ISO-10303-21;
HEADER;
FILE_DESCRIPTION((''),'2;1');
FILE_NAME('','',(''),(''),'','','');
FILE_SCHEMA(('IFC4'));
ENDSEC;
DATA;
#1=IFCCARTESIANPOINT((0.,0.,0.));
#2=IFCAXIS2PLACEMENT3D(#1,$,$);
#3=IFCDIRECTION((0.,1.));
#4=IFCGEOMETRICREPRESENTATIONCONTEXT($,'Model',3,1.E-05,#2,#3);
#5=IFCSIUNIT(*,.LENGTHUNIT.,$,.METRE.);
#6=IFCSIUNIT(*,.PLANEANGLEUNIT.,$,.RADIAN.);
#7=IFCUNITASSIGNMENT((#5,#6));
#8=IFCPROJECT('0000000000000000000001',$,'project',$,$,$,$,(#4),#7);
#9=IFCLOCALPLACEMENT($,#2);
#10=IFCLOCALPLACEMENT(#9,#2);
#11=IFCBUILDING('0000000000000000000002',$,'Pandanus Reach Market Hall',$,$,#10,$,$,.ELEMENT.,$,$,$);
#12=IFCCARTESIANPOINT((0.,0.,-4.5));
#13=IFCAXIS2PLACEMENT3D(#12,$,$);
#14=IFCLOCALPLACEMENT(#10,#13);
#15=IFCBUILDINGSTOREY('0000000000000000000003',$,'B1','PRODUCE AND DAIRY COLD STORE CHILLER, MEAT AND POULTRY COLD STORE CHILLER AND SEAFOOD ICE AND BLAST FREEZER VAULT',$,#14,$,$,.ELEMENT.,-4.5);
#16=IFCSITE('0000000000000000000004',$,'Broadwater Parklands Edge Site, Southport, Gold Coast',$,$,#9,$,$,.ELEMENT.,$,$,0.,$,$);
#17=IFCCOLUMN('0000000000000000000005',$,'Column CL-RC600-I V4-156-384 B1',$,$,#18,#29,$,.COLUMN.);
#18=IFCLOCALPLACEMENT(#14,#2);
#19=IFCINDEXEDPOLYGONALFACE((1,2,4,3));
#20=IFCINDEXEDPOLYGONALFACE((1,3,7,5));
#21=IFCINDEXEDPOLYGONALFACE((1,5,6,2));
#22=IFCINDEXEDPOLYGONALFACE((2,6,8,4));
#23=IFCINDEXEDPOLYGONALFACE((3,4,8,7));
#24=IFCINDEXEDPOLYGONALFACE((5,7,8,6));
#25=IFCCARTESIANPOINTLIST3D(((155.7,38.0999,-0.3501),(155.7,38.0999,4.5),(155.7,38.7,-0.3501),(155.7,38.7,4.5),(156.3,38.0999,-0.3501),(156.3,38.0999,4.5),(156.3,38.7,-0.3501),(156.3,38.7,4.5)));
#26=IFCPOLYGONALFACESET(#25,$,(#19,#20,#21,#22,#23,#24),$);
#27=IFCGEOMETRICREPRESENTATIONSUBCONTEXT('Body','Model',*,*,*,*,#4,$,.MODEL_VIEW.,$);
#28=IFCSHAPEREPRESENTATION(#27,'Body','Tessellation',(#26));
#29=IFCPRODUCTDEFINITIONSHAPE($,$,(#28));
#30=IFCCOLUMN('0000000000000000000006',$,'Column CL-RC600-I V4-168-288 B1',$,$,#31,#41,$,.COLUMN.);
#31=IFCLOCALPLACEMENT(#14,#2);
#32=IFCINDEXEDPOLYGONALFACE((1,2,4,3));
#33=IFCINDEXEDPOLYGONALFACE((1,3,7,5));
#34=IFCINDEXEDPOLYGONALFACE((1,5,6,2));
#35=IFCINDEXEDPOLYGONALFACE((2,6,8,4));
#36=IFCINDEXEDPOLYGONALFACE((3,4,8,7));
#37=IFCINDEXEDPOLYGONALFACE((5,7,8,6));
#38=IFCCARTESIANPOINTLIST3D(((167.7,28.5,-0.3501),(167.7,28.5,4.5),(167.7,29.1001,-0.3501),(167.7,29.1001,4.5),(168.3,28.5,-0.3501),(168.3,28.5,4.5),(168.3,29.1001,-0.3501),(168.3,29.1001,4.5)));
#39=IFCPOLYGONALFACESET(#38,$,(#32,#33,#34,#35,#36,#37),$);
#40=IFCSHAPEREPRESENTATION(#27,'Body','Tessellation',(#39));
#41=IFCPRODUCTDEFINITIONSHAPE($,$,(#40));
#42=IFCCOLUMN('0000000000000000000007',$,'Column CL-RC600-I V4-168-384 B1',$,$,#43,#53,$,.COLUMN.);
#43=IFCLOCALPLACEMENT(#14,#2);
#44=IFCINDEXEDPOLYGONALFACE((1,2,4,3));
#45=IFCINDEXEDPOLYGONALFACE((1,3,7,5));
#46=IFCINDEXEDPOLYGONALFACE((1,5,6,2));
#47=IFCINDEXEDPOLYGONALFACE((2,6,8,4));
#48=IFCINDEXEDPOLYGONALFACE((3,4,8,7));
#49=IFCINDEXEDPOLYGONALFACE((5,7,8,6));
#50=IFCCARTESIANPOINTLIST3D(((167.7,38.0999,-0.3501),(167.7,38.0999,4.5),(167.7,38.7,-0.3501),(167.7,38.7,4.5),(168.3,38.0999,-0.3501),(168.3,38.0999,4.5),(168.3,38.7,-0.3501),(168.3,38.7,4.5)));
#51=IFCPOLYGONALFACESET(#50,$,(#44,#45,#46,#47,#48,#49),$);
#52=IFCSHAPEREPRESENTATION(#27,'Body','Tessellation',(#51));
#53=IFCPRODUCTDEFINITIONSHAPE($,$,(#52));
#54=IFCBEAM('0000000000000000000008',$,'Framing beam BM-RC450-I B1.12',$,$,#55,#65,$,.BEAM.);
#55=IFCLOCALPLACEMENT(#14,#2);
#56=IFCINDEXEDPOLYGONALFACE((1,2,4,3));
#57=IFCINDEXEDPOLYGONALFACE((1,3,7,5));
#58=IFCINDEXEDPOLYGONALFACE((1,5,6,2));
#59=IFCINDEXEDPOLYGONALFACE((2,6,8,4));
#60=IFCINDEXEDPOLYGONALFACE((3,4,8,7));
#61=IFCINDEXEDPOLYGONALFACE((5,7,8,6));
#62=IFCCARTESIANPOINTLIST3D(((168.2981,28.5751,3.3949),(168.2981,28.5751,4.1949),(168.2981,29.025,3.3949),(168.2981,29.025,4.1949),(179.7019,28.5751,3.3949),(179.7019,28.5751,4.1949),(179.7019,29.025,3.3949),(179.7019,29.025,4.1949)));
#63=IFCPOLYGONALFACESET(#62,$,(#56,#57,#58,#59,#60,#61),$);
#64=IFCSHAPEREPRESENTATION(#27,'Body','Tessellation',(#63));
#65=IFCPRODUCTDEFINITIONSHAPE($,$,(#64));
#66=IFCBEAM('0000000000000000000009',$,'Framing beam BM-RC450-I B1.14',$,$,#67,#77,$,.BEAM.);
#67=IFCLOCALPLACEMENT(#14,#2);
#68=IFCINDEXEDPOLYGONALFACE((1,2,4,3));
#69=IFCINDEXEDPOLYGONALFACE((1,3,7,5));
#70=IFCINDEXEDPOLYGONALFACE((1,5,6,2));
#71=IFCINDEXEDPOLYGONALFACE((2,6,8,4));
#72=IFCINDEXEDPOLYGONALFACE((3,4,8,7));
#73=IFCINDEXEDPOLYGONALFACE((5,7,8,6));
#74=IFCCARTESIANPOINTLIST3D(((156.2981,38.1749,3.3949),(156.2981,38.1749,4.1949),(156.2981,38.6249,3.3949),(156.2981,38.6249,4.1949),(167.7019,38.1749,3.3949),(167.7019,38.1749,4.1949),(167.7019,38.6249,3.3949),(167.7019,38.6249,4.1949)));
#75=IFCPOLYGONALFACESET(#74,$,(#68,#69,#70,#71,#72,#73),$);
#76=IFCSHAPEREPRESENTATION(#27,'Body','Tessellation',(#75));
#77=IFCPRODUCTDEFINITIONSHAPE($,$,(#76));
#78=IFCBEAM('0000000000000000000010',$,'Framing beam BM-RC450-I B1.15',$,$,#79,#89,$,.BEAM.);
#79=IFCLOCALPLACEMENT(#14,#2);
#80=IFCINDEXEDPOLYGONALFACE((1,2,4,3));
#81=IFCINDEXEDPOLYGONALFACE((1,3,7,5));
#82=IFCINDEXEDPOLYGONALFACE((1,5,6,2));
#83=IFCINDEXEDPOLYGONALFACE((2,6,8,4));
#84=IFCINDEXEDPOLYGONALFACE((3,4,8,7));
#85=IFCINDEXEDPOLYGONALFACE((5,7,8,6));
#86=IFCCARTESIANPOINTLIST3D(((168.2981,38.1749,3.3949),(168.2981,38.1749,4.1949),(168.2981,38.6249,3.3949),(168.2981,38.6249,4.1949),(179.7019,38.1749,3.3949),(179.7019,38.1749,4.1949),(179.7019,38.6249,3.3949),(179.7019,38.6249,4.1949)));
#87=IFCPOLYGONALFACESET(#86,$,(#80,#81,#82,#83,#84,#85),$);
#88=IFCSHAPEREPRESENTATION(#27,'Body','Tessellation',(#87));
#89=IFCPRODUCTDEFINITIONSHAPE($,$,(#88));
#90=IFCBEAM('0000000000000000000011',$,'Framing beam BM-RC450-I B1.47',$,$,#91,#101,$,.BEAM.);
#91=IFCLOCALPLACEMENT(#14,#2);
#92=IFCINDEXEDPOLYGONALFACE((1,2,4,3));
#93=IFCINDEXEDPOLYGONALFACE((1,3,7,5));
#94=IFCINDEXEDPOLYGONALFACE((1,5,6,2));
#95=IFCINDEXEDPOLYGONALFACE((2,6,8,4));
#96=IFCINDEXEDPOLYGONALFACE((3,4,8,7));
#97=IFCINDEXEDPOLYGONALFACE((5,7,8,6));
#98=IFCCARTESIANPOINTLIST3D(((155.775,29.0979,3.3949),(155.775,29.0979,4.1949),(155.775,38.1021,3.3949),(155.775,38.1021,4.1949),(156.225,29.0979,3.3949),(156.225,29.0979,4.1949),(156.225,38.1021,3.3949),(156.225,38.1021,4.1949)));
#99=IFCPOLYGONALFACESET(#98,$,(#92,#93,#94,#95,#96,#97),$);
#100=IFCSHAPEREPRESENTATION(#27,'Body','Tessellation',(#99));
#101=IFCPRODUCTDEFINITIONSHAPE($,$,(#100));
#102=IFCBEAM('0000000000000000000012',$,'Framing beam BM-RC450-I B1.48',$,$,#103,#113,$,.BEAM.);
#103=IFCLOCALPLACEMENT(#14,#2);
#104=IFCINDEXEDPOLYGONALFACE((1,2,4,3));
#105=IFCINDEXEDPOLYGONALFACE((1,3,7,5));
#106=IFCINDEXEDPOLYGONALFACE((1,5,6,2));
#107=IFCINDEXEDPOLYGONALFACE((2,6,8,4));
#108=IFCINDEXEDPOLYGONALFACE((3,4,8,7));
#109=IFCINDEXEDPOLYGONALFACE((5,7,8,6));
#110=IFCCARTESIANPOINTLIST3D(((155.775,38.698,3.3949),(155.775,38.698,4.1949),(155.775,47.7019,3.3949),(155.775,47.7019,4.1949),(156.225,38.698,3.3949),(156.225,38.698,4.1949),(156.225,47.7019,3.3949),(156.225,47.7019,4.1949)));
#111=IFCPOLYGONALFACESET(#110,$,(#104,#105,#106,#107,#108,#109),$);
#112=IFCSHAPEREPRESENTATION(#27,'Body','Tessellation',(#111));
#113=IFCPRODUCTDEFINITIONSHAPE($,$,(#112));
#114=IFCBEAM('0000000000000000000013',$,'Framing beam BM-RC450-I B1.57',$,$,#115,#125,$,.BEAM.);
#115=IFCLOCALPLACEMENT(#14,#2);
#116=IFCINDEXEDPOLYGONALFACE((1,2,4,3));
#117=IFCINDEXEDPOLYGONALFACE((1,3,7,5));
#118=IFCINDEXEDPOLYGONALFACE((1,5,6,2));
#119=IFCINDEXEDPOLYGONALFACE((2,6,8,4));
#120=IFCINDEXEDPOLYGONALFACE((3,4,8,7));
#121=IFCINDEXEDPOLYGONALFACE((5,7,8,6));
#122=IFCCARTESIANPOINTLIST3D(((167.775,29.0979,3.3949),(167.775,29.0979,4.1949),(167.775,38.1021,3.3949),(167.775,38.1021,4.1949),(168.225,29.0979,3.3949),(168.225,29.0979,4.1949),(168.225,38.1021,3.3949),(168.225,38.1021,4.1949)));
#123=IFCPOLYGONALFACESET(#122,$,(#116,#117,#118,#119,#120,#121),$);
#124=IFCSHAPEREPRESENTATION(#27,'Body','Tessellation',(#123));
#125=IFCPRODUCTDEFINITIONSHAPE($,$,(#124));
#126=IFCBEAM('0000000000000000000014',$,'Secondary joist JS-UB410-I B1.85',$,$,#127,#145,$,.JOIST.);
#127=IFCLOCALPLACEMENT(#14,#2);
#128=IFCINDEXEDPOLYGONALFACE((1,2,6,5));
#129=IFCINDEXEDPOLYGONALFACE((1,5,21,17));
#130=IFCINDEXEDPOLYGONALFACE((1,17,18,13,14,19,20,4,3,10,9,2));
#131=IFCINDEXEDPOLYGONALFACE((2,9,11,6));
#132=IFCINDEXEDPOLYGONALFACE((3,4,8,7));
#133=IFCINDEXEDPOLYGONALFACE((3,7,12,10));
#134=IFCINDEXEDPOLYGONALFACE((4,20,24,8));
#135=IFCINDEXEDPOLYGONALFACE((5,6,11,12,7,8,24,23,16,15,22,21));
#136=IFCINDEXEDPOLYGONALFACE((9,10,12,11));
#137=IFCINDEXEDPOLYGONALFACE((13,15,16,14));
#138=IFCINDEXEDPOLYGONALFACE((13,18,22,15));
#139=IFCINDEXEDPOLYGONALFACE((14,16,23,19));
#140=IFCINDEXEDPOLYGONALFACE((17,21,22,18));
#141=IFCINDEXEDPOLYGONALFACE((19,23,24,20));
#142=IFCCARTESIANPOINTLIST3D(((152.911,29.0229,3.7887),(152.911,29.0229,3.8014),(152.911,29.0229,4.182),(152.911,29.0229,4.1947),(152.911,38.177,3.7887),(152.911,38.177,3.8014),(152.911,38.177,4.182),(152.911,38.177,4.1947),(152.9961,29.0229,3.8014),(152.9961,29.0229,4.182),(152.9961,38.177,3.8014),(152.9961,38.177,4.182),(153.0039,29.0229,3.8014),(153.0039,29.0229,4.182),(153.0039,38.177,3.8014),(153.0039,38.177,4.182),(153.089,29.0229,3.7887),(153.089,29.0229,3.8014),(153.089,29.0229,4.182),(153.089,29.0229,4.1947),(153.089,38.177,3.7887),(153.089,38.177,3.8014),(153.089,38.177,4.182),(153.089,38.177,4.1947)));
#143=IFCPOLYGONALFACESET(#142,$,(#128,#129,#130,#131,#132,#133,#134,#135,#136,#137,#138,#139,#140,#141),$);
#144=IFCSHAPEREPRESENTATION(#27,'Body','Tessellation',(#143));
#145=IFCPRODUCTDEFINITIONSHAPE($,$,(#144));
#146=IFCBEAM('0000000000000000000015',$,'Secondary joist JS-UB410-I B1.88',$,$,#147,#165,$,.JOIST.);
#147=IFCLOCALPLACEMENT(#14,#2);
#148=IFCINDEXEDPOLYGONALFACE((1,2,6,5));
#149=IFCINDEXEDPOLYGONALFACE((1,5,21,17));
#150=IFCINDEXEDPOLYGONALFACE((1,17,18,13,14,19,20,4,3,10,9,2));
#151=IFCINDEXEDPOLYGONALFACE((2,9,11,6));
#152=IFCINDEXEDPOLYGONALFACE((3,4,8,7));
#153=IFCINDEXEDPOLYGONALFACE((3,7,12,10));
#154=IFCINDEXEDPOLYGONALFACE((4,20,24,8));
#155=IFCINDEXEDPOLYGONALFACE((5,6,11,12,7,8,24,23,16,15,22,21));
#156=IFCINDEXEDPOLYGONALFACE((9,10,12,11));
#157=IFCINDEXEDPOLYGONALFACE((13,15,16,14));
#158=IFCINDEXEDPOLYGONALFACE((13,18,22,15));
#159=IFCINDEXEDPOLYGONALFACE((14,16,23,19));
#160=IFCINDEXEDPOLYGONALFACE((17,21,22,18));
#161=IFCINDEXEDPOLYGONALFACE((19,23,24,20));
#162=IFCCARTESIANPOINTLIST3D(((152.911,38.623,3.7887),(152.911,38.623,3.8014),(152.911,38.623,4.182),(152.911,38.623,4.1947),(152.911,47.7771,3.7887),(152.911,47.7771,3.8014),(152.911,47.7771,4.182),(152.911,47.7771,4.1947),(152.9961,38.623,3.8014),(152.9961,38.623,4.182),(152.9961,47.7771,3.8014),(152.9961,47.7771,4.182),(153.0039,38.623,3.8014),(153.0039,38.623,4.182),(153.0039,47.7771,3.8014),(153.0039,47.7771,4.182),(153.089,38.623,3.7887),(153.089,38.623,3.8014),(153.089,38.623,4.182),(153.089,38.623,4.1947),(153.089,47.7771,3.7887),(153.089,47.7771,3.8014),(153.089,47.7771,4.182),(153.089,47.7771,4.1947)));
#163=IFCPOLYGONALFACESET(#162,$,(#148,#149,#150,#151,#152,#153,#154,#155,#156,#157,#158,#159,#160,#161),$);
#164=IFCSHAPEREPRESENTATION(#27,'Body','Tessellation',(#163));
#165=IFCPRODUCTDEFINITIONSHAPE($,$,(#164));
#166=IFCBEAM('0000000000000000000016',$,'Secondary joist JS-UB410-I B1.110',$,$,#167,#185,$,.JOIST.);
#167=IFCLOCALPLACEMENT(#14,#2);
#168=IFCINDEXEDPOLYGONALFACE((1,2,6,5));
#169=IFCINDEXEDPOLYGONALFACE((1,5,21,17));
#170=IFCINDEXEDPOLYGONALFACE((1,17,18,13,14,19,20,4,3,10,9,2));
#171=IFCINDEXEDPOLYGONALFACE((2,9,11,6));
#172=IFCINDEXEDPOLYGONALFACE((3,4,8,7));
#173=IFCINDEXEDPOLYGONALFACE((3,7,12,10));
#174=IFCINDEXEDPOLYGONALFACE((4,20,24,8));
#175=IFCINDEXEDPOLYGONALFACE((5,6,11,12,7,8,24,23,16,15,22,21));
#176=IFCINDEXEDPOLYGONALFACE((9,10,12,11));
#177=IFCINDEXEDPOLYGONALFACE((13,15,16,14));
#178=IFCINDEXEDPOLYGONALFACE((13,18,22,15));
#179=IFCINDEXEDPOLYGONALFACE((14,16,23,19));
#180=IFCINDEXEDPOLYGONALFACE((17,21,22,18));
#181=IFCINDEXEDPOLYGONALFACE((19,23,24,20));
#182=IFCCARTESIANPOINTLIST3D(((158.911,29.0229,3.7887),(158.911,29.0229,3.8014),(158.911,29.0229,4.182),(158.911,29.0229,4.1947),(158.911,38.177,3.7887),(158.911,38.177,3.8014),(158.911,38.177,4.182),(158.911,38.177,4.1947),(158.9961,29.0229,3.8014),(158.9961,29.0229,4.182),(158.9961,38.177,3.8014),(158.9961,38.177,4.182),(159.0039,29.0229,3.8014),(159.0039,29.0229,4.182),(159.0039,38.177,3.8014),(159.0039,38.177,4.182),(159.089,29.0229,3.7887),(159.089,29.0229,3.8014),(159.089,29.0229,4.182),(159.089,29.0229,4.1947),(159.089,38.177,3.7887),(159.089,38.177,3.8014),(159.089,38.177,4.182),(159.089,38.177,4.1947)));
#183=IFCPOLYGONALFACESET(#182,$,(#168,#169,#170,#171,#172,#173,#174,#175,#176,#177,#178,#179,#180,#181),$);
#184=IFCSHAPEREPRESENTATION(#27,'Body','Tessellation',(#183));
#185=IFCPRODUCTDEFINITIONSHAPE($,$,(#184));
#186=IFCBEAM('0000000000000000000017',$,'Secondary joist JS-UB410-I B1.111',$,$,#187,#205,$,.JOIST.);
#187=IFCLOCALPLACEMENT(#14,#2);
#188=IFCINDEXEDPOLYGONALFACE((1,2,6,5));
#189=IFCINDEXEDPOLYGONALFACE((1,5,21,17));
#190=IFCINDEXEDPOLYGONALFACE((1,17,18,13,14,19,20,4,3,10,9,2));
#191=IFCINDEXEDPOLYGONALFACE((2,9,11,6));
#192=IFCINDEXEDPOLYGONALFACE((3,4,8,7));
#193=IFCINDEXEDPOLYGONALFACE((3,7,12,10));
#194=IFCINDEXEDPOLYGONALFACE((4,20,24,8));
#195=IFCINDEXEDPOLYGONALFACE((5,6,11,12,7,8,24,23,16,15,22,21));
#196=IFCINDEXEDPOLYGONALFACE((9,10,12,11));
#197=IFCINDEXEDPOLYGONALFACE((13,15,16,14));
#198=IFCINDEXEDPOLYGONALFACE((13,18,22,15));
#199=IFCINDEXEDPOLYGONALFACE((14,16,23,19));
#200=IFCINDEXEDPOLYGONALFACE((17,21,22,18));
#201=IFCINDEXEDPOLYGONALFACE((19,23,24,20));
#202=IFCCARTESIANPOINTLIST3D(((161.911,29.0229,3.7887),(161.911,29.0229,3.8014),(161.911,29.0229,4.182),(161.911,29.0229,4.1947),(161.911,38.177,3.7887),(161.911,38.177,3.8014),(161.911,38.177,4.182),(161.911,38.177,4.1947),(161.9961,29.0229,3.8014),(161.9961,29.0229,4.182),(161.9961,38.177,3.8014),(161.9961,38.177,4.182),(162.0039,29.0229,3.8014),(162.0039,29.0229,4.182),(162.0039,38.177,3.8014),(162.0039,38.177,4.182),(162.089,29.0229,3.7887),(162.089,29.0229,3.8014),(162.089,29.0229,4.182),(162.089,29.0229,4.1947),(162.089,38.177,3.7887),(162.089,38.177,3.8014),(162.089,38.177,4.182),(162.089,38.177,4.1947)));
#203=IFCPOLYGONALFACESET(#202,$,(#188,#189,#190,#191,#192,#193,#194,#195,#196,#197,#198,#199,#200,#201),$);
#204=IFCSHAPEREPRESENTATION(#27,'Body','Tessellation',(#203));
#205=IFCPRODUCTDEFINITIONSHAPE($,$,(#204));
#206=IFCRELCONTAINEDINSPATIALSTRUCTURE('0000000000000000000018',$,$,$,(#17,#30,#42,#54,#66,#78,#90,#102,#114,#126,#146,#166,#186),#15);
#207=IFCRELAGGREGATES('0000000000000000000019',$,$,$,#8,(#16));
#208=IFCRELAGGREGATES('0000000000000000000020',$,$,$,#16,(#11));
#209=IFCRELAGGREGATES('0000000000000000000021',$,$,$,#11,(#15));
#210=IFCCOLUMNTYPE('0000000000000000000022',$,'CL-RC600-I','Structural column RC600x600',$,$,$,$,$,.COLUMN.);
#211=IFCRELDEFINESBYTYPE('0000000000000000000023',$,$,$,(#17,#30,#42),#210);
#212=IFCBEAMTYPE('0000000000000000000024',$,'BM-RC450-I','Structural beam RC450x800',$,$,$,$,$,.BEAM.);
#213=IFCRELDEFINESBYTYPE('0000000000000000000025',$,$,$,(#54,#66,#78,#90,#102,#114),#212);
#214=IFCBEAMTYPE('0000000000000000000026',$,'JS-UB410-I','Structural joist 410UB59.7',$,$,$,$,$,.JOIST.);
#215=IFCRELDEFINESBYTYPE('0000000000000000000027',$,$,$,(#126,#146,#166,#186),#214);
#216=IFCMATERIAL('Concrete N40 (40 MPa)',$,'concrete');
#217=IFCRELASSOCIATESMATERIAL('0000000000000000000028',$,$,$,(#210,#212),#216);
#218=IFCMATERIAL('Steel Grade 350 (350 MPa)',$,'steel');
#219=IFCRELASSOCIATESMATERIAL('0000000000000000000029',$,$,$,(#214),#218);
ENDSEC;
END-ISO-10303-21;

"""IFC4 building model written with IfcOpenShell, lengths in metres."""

from ifc_helpers import new_model, si_unit, direction, frame, origin, origin_2d, place, context, subcontext, project, spatial, rectangle, i_section, extrude, material, material_profile, profile_set, type_object, element, save


model = new_model("IFC4")

# Units and contexts
model_context = context("Model", 3, precision=1e-05, world=origin(), true_north=direction((0.0, 1.0)))
body_context = subcontext(model_context, "Body", "Model", "MODEL_VIEW")
ifc_project = project(units=[si_unit("LENGTHUNIT", "METRE"), si_unit("PLANEANGLEUNIT", "RADIAN")], contexts=[model_context])

# Site, building, storey
site_placement = place(None, origin())
site = spatial("IfcSite", under=ifc_project, at=site_placement, Name="Broadwater Parklands Edge Site, Southport, Gold Coast", CompositionType="ELEMENT", RefElevation=0.0)
building_placement = place(site_placement, origin())
building = spatial("IfcBuilding", under=site, at=building_placement, Name="Pandanus Reach Market Hall", CompositionType="ELEMENT")
storey_placement = place(building_placement, frame((0.0, 0.0, -4.5)))
storey = spatial("IfcBuildingStorey", under=building, at=storey_placement, Name="B1", Description="PRODUCE AND DAIRY COLD STORE CHILLER, MEAT AND POULTRY COLD STORE CHILLER AND SEAFOOD ICE AND BLAST FREEZER VAULT", CompositionType="ELEMENT", Elevation=-4.5)

# Shared definitions
ifc_material_1 = material(Name="Concrete N40 (40 MPa)", Category="concrete")

# Columns
ifc_material_profile_1 = material_profile(ifc_material_1, rectangle(XDim=0.6001, YDim=0.6001, at=origin_2d()), Name="RC600x600", Category="LoadBearing")
ifc_profile_set_1 = profile_set([ifc_material_profile_1], Name="Concrete N40 (40 MPa)")
column_type = type_object("IfcColumnType", Name="CL-RC600-I", Description="Structural column RC600x600", PredefinedType="COLUMN", material=ifc_profile_set_1)
for number, where, z_axis, x_axis, name in (
    (1, (156.0, 38.3999, -0.3501), (0.0, 0.0, 1.0), (1.0, 0.0, 0.0), "Column CL-RC600-I V4-156-384 B1"),
    (2, (168.0, 28.8, -0.3501), (0.0, 0.0, 1.0), (1.0, 0.0, 0.0), "Column CL-RC600-I V4-168-288 B1"),
    (3, (168.0, 38.3999, -0.3501), (0.0, 0.0, 1.0), (1.0, 0.0, 0.0), "Column CL-RC600-I V4-168-384 B1"),
):
    element("IfcColumn", number, at=place(storey_placement, frame(where, z_axis=z_axis, x_axis=x_axis)), inside=storey, type_object=column_type, Name=name, PredefinedType="COLUMN", context=body_context, shape_type="SweptSolid", body=[
        extrude(rectangle(XDim=0.6001, YDim=0.6001, at=origin_2d()), origin(), (0.0, 0.0, 1.0), 4.8501),
    ])

# Beams
ifc_material_profile_2 = material_profile(ifc_material_1, rectangle(XDim=0.45, YDim=0.8, at=origin_2d()), Name="RC450x800", Category="LoadBearing")
ifc_profile_set_2 = profile_set([ifc_material_profile_2], Name="Concrete N40 (40 MPa)")
beam_type_1 = type_object("IfcBeamType", Name="BM-RC450-I", Description="Structural beam RC450x800", PredefinedType="BEAM", material=ifc_profile_set_2)
for number, where, z_axis, x_axis, name in (
    (4, (168.2981, 28.8, 3.7949), (1.0, 0.0, 0.0), (0.0, 1.0, 0.0), "Framing beam BM-RC450-I B1.12"),
    (5, (156.2981, 38.3999, 3.7949), (1.0, 0.0, 0.0), (0.0, 1.0, 0.0), "Framing beam BM-RC450-I B1.14"),
    (6, (168.2981, 38.3999, 3.7949), (1.0, 0.0, 0.0), (0.0, 1.0, 0.0), "Framing beam BM-RC450-I B1.15"),
):
    element("IfcBeam", number, at=place(storey_placement, frame(where, z_axis=z_axis, x_axis=x_axis)), inside=storey, type_object=beam_type_1, Name=name, PredefinedType="BEAM", context=body_context, shape_type="SweptSolid", body=[
        extrude(rectangle(XDim=0.45, YDim=0.8, at=origin_2d()), origin(), (0.0, 0.0, 1.0), 11.4038),
    ])
beam_1_placement = place(storey_placement, frame((156.0, 29.0979, 3.7949), z_axis=(0.0, 1.0, 0.0), x_axis=(-1.0, 0.0, 0.0)))
element("IfcBeam", 7, at=beam_1_placement, inside=storey, type_object=beam_type_1, Name="Framing beam BM-RC450-I B1.47", PredefinedType="BEAM", context=body_context, shape_type="SweptSolid", body=[
    extrude(rectangle(XDim=0.45, YDim=0.8, at=origin_2d()), origin(), (0.0, 0.0, 1.0), 9.0042),
])
beam_2_placement = place(storey_placement, frame((156.0, 38.698, 3.7949), z_axis=(0.0, 1.0, 0.0), x_axis=(-1.0, 0.0, 0.0)))
element("IfcBeam", 8, at=beam_2_placement, inside=storey, type_object=beam_type_1, Name="Framing beam BM-RC450-I B1.48", PredefinedType="BEAM", context=body_context, shape_type="SweptSolid", body=[
    extrude(rectangle(XDim=0.45, YDim=0.8, at=origin_2d()), origin(), (0.0, 0.0, 1.0), 9.0039),
])
beam_3_placement = place(storey_placement, frame((168.0, 29.0979, 3.7949), z_axis=(0.0, 1.0, 0.0), x_axis=(-1.0, 0.0, 0.0)))
element("IfcBeam", 9, at=beam_3_placement, inside=storey, type_object=beam_type_1, Name="Framing beam BM-RC450-I B1.57", PredefinedType="BEAM", context=body_context, shape_type="SweptSolid", body=[
    extrude(rectangle(XDim=0.45, YDim=0.8, at=origin_2d()), origin(), (0.0, 0.0, 1.0), 9.0042),
])
ifc_material_2 = material(Name="Steel Grade 350 (350 MPa)", Category="steel")
ifc_material_profile_3 = material_profile(ifc_material_2, i_section(OverallWidth=0.178, OverallDepth=0.406, WebThickness=0.0078, FlangeThickness=0.0127, at=origin_2d()), Name="410UB59.7", Category="LoadBearing")
ifc_profile_set_3 = profile_set([ifc_material_profile_3], Name="Steel Grade 350 (350 MPa)")
beam_type_2 = type_object("IfcBeamType", Name="JS-UB410-I", Description="Structural joist 410UB59.7", PredefinedType="JOIST", material=ifc_profile_set_3)
for number, where, z_axis, x_axis, name in (
    (10, (153.0, 29.0229, 3.9917), (0.0, 1.0, 0.0), (-1.0, 0.0, 0.0), "Secondary joist JS-UB410-I B1.85"),
    (11, (153.0, 38.623, 3.9917), (0.0, 1.0, 0.0), (-1.0, 0.0, 0.0), "Secondary joist JS-UB410-I B1.88"),
    (12, (159.0, 29.0229, 3.9917), (0.0, 1.0, 0.0), (-1.0, 0.0, 0.0), "Secondary joist JS-UB410-I B1.110"),
    (13, (162.0, 29.0229, 3.9917), (0.0, 1.0, 0.0), (-1.0, 0.0, 0.0), "Secondary joist JS-UB410-I B1.111"),
):
    element("IfcBeam", number, at=place(storey_placement, frame(where, z_axis=z_axis, x_axis=x_axis)), inside=storey, type_object=beam_type_2, Name=name, PredefinedType="JOIST", context=body_context, shape_type="SweptSolid", body=[
        extrude(i_section(OverallWidth=0.178, OverallDepth=0.406, WebThickness=0.0078, FlangeThickness=0.0127, at=origin_2d()), origin(), (0.0, 0.0, 1.0), 9.1541),
    ])

save(model, "model.ifc")
